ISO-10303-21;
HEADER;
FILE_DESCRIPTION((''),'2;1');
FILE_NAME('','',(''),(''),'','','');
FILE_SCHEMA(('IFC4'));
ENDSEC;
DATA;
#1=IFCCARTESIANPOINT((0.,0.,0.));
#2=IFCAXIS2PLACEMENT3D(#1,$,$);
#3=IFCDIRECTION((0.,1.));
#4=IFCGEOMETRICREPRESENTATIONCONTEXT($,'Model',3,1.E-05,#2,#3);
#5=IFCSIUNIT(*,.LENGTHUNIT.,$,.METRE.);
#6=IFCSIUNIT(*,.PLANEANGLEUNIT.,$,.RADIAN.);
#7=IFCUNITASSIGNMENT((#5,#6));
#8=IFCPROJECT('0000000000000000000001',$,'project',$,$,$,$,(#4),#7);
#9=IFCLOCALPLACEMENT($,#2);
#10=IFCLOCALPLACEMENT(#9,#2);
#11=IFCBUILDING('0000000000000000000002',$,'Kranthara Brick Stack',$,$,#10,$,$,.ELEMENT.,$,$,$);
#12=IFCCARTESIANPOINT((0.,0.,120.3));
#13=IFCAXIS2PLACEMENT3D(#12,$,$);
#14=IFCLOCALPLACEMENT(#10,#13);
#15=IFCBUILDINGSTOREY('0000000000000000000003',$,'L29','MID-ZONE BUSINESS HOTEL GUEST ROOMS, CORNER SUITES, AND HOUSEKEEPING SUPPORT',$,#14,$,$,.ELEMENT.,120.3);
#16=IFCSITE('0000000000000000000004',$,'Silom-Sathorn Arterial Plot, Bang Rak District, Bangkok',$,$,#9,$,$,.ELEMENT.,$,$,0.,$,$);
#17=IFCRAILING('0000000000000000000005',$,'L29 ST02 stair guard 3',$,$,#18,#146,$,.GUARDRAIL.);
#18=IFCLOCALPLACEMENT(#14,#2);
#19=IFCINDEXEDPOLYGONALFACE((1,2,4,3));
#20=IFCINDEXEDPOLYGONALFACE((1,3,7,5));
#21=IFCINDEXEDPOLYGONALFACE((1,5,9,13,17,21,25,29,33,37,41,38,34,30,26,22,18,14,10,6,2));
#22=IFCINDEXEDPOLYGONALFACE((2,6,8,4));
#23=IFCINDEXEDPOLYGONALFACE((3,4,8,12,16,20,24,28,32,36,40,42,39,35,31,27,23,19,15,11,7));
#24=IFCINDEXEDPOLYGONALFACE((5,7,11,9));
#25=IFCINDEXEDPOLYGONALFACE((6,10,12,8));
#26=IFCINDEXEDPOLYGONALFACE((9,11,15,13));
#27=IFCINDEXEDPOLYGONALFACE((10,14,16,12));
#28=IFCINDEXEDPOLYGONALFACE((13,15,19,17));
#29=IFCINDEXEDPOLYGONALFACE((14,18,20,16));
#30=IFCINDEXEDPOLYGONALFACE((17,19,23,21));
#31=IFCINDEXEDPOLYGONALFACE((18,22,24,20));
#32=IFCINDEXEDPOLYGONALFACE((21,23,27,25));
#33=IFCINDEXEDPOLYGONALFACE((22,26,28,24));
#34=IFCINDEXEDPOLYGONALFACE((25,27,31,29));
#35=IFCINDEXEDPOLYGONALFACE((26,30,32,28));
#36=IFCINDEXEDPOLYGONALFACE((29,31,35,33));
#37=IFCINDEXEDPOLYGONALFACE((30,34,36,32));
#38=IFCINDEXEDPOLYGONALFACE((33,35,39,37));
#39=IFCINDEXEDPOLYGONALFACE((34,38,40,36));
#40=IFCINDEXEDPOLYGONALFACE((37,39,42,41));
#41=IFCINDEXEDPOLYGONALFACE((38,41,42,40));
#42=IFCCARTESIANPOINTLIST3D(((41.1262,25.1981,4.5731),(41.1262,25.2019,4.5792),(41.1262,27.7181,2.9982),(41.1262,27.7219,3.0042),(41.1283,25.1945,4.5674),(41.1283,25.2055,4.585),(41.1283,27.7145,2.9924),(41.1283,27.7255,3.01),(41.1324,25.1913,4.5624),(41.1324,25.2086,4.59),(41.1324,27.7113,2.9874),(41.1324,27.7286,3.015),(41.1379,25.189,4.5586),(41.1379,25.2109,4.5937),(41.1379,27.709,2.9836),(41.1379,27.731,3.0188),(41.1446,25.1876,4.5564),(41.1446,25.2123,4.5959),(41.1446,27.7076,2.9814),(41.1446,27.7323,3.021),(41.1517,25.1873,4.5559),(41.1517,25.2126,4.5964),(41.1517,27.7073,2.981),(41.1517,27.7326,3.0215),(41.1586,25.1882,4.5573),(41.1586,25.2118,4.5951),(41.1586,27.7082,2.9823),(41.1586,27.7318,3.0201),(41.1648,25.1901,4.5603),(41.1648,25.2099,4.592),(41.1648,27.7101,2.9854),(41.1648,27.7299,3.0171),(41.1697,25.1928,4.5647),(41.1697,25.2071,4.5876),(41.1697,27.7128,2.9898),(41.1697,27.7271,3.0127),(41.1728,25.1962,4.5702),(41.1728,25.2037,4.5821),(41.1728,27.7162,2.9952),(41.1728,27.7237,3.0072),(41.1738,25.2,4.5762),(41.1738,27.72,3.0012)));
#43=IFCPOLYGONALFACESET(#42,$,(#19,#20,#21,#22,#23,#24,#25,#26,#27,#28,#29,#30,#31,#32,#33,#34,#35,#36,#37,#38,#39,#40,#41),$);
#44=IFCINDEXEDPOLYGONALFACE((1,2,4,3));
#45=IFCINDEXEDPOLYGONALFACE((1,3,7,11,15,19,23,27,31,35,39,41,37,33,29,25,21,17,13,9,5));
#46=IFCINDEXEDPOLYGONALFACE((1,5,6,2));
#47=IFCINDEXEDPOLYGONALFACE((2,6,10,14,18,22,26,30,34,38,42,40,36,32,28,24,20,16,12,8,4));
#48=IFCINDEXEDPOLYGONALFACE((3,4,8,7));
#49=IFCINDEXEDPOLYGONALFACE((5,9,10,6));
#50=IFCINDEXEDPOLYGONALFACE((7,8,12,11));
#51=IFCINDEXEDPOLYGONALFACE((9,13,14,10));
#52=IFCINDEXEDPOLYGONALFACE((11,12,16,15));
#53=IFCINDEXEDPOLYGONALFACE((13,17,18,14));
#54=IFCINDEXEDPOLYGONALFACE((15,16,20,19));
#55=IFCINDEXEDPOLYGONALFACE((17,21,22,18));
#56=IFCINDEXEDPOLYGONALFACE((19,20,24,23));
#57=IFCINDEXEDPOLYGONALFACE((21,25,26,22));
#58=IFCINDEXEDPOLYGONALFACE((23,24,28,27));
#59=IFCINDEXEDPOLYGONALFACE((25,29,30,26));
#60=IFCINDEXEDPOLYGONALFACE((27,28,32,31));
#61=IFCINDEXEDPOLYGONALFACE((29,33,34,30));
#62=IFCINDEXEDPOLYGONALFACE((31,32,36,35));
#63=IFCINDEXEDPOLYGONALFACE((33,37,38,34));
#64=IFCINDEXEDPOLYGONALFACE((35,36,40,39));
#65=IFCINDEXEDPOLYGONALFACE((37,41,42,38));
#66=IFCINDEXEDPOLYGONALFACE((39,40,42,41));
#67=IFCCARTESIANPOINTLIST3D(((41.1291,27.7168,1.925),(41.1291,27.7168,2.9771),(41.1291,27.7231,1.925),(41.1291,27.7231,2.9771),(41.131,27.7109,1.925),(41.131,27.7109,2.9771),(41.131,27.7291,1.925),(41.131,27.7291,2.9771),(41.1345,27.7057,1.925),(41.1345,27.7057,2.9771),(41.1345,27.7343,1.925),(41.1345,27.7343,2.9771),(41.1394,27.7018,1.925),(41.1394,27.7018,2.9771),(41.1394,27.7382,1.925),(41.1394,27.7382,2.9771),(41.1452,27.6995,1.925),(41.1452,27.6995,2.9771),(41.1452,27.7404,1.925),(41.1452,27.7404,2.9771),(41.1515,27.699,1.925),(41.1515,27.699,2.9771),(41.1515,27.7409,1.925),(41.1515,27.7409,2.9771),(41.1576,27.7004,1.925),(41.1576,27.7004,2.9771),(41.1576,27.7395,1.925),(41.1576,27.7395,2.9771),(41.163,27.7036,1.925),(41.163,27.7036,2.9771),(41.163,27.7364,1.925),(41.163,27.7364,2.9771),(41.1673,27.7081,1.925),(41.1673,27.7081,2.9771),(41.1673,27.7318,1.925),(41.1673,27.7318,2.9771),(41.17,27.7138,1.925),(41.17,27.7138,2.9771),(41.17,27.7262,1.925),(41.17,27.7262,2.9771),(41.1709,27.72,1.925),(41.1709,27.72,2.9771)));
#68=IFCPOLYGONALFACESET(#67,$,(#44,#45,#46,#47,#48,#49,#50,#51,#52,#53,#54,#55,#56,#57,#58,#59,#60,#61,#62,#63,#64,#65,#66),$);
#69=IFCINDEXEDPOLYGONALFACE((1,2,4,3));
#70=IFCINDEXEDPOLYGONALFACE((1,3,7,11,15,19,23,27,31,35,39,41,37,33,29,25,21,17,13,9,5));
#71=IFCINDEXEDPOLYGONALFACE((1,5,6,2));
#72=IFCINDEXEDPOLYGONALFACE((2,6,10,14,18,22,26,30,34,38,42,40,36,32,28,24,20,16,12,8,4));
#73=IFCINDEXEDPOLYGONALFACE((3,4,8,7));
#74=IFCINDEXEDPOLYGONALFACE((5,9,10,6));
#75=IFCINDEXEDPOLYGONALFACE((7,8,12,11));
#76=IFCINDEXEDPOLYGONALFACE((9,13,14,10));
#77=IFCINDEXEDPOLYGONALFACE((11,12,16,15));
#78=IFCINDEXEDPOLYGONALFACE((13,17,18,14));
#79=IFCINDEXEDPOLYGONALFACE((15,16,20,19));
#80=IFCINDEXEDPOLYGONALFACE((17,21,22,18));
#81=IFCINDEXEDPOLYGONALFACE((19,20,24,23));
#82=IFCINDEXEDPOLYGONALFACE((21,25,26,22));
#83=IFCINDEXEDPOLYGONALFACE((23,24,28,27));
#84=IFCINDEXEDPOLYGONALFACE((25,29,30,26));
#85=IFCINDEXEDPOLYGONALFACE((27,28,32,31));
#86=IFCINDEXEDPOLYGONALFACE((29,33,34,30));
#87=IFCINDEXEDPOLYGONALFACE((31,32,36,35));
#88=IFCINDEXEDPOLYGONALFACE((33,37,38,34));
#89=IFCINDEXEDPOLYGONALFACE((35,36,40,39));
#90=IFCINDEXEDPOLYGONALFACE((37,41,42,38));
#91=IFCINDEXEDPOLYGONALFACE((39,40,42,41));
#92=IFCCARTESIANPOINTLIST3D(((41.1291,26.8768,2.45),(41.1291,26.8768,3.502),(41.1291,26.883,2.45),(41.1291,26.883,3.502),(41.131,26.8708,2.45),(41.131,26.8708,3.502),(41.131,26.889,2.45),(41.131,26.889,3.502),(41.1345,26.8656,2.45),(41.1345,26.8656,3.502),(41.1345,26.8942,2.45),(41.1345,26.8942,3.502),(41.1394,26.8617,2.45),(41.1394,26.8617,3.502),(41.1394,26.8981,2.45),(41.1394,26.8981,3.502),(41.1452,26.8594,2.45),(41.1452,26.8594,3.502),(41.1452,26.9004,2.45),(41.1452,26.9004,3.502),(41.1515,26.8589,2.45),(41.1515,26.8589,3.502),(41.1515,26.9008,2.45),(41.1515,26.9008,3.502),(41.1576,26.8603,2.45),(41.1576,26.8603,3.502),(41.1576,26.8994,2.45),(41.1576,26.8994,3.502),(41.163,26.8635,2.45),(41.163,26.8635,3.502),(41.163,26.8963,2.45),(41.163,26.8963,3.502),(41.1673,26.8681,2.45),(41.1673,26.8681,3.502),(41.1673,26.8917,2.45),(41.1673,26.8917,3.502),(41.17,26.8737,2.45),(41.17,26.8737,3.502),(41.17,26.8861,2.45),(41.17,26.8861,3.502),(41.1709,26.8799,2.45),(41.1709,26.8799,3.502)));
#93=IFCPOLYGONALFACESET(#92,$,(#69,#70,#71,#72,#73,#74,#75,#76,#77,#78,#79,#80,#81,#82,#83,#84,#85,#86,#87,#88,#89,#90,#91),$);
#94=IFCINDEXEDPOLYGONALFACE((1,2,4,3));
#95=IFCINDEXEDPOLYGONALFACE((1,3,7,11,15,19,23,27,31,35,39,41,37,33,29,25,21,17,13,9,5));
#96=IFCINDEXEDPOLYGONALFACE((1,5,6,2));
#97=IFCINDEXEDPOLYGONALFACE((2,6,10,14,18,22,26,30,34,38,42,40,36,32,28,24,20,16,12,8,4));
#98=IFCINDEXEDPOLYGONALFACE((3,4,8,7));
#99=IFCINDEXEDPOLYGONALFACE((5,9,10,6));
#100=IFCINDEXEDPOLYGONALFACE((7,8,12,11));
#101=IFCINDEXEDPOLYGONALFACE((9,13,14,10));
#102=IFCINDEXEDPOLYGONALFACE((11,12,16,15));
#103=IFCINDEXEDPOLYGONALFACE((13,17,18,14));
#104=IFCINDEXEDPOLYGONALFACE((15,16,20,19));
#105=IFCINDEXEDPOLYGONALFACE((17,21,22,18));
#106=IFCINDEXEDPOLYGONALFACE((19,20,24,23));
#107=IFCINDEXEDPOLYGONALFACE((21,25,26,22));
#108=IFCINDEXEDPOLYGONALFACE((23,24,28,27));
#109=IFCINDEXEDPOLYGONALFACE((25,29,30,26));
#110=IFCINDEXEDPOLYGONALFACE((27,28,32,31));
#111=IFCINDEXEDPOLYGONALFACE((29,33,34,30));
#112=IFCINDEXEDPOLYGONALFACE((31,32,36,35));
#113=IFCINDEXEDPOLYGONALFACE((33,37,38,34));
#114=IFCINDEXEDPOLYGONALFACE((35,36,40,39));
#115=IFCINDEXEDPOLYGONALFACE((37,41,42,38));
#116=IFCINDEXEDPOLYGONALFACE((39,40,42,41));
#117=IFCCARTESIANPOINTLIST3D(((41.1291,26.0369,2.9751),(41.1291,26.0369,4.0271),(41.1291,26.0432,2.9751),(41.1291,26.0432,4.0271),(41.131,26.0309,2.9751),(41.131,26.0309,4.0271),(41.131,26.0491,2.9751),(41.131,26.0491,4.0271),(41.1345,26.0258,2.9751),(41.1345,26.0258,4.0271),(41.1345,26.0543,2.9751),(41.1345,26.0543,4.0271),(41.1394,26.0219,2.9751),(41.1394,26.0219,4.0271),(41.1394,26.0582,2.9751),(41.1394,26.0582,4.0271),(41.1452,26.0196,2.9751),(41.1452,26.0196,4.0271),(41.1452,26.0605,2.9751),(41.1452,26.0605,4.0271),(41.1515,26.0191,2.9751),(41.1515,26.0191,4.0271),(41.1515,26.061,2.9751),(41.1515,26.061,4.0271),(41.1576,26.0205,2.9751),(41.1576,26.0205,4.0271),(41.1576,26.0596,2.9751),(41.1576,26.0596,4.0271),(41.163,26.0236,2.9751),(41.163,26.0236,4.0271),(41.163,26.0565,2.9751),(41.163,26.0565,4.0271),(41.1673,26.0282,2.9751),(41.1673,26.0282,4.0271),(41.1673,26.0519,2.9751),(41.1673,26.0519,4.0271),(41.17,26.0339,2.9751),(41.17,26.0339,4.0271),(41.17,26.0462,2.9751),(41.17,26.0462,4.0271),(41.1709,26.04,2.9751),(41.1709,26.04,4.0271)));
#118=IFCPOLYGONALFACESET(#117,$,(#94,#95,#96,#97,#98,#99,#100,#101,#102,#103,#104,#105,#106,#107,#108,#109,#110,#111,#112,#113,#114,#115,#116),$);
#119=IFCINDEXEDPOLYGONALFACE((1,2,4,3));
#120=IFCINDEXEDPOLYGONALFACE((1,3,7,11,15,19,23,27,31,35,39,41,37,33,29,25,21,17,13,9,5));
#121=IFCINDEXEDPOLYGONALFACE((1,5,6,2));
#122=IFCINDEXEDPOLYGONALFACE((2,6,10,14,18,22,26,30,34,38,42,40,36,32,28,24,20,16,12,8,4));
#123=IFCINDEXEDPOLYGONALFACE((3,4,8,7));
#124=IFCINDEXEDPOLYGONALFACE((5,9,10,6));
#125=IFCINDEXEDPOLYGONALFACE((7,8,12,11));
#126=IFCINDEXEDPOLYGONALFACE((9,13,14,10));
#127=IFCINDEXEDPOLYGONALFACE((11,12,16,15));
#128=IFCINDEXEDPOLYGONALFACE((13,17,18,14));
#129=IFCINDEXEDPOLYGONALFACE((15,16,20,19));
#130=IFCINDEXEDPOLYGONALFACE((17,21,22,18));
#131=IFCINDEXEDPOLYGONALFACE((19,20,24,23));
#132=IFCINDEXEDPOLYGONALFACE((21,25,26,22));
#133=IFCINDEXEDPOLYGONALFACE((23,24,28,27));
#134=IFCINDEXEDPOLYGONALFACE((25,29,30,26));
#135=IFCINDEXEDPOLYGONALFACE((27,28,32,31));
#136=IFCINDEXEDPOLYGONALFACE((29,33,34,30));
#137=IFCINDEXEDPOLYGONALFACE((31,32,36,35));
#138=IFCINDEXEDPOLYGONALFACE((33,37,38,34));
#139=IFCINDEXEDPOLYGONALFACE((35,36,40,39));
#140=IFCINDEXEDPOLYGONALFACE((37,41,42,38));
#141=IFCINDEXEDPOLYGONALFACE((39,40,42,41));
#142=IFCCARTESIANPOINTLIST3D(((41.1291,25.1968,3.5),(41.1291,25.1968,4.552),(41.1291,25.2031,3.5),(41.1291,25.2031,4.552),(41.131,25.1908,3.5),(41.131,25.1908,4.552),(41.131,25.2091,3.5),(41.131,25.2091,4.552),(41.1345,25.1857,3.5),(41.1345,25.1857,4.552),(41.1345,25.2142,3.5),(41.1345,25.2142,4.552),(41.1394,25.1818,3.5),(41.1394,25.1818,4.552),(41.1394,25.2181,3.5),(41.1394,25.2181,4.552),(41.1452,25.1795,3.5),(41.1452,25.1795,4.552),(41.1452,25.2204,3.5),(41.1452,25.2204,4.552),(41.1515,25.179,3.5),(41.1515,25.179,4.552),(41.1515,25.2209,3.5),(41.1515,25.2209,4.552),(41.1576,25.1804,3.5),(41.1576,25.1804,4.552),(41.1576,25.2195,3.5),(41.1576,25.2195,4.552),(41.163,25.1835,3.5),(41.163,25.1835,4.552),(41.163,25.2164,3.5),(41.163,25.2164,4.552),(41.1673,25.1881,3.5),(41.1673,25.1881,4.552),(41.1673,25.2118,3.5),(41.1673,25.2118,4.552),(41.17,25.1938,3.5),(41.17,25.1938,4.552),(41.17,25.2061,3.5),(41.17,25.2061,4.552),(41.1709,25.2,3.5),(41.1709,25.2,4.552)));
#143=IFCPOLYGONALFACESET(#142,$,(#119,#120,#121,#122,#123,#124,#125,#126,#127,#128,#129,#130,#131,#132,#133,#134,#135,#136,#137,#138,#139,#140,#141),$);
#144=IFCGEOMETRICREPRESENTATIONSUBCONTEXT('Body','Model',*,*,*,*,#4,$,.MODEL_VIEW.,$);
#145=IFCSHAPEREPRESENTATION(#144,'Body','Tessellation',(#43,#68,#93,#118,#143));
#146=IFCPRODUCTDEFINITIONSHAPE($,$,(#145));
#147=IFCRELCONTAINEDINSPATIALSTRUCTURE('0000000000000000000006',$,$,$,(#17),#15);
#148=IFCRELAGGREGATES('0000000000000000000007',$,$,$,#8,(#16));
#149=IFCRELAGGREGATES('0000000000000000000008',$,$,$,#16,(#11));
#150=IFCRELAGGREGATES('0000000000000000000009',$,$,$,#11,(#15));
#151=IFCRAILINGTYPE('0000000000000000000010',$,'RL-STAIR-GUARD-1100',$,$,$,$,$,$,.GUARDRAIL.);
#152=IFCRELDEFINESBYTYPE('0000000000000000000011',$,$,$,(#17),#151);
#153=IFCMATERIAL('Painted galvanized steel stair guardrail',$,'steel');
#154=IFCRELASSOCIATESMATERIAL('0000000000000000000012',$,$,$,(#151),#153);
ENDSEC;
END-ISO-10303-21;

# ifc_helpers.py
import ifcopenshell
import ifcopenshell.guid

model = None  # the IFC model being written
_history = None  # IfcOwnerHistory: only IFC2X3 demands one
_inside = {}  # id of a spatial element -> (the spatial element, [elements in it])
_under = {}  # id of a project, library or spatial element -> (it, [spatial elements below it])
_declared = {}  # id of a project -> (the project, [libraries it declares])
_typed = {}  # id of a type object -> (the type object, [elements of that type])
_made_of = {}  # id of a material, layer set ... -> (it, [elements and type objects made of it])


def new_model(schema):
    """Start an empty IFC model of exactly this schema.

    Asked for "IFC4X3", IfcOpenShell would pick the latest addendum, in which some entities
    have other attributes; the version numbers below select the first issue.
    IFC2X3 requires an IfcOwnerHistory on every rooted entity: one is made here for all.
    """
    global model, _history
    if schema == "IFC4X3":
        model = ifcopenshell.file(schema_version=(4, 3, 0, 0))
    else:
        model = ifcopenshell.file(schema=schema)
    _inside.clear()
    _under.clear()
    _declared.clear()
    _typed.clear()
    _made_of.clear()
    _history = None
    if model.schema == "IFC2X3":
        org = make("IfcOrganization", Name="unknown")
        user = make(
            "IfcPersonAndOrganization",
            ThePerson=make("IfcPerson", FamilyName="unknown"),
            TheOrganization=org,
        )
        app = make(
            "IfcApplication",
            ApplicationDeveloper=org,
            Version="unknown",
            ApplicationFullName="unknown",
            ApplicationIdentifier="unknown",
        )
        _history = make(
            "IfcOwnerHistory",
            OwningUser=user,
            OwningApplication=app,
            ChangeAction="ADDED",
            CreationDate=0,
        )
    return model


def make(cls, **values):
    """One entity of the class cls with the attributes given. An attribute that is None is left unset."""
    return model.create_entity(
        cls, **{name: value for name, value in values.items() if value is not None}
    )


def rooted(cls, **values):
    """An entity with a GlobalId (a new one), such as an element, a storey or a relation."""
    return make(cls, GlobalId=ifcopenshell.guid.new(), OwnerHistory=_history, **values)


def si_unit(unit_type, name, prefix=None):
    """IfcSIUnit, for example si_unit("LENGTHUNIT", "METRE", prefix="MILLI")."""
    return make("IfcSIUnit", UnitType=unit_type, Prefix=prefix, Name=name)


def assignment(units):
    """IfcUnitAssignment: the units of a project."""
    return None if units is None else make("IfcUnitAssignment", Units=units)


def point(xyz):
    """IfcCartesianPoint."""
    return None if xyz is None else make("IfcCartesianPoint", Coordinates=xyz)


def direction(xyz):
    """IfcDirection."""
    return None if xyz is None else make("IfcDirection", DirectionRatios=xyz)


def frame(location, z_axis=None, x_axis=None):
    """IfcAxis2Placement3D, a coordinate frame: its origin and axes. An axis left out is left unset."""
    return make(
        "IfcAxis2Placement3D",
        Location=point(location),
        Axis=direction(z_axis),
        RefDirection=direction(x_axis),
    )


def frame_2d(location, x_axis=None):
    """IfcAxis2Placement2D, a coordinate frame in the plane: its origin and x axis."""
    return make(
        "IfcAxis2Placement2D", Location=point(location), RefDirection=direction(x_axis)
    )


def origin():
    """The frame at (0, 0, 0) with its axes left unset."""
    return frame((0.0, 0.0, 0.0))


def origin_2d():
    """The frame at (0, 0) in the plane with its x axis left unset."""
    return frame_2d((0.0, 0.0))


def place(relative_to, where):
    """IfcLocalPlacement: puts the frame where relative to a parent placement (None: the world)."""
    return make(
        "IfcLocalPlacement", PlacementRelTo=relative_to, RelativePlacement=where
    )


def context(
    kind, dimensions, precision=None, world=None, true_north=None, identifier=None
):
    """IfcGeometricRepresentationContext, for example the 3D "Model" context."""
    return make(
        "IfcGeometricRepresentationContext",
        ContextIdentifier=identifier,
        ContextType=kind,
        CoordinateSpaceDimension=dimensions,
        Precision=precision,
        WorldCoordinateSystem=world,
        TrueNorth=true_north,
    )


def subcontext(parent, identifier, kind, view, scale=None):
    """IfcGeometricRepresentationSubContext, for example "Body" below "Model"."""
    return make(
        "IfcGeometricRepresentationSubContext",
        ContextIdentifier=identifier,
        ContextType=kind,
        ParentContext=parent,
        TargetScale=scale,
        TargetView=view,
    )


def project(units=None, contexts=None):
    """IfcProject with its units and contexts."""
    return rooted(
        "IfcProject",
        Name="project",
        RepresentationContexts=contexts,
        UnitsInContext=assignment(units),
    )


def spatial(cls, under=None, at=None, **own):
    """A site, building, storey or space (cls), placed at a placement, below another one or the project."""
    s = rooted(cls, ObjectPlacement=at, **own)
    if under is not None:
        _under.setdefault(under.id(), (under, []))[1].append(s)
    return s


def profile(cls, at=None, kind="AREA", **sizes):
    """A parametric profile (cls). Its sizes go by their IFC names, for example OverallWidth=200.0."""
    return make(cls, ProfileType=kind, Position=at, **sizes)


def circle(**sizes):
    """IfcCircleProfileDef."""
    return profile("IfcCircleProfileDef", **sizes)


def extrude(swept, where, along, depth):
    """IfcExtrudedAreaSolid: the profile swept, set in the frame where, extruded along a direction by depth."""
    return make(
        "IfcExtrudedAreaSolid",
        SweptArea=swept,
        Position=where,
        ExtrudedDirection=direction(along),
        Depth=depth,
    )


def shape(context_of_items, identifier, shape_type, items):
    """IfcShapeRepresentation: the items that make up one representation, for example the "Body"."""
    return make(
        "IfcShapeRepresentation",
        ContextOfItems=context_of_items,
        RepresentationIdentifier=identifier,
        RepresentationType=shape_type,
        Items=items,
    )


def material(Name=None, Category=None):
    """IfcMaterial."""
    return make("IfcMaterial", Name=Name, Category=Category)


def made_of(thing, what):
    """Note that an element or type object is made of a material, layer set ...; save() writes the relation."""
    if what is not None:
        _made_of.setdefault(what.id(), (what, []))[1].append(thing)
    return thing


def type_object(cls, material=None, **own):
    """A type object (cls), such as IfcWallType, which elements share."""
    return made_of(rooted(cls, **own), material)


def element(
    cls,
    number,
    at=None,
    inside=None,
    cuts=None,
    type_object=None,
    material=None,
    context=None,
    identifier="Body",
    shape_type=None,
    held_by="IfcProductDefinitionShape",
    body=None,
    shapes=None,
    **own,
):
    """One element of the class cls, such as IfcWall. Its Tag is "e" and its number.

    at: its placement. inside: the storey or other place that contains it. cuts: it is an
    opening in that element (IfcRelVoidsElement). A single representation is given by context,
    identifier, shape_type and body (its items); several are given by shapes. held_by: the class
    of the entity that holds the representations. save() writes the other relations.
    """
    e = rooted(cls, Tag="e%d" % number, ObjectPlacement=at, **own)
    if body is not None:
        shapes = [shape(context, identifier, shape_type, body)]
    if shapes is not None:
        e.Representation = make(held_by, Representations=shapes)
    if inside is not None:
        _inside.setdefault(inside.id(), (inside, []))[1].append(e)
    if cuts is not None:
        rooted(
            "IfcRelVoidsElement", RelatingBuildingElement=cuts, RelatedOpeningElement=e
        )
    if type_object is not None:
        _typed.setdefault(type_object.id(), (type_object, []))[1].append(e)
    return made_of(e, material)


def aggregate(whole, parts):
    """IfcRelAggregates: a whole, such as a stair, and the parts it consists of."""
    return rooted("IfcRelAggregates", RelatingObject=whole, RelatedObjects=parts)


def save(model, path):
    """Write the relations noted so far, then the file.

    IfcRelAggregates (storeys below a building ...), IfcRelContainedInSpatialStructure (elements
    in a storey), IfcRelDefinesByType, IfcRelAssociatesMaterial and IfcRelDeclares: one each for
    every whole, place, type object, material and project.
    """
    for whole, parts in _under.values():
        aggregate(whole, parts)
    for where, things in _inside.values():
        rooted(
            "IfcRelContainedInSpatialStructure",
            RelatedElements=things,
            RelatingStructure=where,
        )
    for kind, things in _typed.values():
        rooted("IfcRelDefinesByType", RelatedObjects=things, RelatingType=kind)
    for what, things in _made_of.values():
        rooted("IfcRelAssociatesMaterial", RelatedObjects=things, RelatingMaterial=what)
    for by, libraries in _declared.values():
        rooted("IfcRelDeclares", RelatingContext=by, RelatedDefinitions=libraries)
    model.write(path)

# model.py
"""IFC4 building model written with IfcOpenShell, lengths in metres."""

from ifc_helpers import new_model, si_unit, direction, frame, origin, origin_2d, place, context, subcontext, project, spatial, circle, extrude, material, type_object, element, save


model = new_model("IFC4")

# Units and contexts
model_context = context("Model", 3, precision=1e-05, world=origin(), true_north=direction((0.0, 1.0)))
body_context = subcontext(model_context, "Body", "Model", "MODEL_VIEW")
ifc_project = project(units=[si_unit("LENGTHUNIT", "METRE"), si_unit("PLANEANGLEUNIT", "RADIAN")], contexts=[model_context])

# Site, building, storey
site_placement = place(None, origin())
site = spatial("IfcSite", under=ifc_project, at=site_placement, Name="Silom-Sathorn Arterial Plot, Bang Rak District, Bangkok", CompositionType="ELEMENT", RefElevation=0.0)
building_placement = place(site_placement, origin())
building = spatial("IfcBuilding", under=site, at=building_placement, Name="Kranthara Brick Stack", CompositionType="ELEMENT")
storey_placement = place(building_placement, frame((0.0, 0.0, 120.3)))
storey = spatial("IfcBuildingStorey", under=building, at=storey_placement, Name="L29", Description="MID-ZONE BUSINESS HOTEL GUEST ROOMS, CORNER SUITES, AND HOUSEKEEPING SUPPORT", CompositionType="ELEMENT", Elevation=120.3)

# Railing
ifc_material_1 = material(Name="Painted galvanized steel stair guardrail", Category="steel")
railing_type_1 = type_object("IfcRailingType", Name="RL-STAIR-GUARD-1100", PredefinedType="GUARDRAIL", material=ifc_material_1)
railing_1_placement = place(storey_placement, frame((41.1499, 27.72, 1.925)))
element("IfcRailing", 1, at=railing_1_placement, inside=storey, type_object=railing_type_1, Name="L29 ST02 stair guard 3", PredefinedType="GUARDRAIL", context=body_context, shape_type="SweptSolid", body=[
    extrude(circle(Radius=0.0239, at=origin_2d()), frame((0.0, 0.0, 1.0762), z_axis=(0.0, -0.848008, 0.529984), x_axis=(1.0, 0.0, 0.0)), (0.0, 0.0, 1.0), 2.9717),
    extrude(circle(Radius=0.021, at=origin_2d()), origin(), (0.0, 0.0, 1.0), 1.052),
    extrude(circle(Radius=0.021, at=origin_2d()), frame((0.0, -0.8401, 0.5249)), (0.0, 0.0, 1.0), 1.052),
    extrude(circle(Radius=0.021, at=origin_2d()), frame((0.0, -1.6799, 1.05)), (0.0, 0.0, 1.0), 1.052),
    extrude(circle(Radius=0.021, at=origin_2d()), frame((0.0, -2.52, 1.575)), (0.0, 0.0, 1.0), 1.052),
])

save(model, "model.ifc")
